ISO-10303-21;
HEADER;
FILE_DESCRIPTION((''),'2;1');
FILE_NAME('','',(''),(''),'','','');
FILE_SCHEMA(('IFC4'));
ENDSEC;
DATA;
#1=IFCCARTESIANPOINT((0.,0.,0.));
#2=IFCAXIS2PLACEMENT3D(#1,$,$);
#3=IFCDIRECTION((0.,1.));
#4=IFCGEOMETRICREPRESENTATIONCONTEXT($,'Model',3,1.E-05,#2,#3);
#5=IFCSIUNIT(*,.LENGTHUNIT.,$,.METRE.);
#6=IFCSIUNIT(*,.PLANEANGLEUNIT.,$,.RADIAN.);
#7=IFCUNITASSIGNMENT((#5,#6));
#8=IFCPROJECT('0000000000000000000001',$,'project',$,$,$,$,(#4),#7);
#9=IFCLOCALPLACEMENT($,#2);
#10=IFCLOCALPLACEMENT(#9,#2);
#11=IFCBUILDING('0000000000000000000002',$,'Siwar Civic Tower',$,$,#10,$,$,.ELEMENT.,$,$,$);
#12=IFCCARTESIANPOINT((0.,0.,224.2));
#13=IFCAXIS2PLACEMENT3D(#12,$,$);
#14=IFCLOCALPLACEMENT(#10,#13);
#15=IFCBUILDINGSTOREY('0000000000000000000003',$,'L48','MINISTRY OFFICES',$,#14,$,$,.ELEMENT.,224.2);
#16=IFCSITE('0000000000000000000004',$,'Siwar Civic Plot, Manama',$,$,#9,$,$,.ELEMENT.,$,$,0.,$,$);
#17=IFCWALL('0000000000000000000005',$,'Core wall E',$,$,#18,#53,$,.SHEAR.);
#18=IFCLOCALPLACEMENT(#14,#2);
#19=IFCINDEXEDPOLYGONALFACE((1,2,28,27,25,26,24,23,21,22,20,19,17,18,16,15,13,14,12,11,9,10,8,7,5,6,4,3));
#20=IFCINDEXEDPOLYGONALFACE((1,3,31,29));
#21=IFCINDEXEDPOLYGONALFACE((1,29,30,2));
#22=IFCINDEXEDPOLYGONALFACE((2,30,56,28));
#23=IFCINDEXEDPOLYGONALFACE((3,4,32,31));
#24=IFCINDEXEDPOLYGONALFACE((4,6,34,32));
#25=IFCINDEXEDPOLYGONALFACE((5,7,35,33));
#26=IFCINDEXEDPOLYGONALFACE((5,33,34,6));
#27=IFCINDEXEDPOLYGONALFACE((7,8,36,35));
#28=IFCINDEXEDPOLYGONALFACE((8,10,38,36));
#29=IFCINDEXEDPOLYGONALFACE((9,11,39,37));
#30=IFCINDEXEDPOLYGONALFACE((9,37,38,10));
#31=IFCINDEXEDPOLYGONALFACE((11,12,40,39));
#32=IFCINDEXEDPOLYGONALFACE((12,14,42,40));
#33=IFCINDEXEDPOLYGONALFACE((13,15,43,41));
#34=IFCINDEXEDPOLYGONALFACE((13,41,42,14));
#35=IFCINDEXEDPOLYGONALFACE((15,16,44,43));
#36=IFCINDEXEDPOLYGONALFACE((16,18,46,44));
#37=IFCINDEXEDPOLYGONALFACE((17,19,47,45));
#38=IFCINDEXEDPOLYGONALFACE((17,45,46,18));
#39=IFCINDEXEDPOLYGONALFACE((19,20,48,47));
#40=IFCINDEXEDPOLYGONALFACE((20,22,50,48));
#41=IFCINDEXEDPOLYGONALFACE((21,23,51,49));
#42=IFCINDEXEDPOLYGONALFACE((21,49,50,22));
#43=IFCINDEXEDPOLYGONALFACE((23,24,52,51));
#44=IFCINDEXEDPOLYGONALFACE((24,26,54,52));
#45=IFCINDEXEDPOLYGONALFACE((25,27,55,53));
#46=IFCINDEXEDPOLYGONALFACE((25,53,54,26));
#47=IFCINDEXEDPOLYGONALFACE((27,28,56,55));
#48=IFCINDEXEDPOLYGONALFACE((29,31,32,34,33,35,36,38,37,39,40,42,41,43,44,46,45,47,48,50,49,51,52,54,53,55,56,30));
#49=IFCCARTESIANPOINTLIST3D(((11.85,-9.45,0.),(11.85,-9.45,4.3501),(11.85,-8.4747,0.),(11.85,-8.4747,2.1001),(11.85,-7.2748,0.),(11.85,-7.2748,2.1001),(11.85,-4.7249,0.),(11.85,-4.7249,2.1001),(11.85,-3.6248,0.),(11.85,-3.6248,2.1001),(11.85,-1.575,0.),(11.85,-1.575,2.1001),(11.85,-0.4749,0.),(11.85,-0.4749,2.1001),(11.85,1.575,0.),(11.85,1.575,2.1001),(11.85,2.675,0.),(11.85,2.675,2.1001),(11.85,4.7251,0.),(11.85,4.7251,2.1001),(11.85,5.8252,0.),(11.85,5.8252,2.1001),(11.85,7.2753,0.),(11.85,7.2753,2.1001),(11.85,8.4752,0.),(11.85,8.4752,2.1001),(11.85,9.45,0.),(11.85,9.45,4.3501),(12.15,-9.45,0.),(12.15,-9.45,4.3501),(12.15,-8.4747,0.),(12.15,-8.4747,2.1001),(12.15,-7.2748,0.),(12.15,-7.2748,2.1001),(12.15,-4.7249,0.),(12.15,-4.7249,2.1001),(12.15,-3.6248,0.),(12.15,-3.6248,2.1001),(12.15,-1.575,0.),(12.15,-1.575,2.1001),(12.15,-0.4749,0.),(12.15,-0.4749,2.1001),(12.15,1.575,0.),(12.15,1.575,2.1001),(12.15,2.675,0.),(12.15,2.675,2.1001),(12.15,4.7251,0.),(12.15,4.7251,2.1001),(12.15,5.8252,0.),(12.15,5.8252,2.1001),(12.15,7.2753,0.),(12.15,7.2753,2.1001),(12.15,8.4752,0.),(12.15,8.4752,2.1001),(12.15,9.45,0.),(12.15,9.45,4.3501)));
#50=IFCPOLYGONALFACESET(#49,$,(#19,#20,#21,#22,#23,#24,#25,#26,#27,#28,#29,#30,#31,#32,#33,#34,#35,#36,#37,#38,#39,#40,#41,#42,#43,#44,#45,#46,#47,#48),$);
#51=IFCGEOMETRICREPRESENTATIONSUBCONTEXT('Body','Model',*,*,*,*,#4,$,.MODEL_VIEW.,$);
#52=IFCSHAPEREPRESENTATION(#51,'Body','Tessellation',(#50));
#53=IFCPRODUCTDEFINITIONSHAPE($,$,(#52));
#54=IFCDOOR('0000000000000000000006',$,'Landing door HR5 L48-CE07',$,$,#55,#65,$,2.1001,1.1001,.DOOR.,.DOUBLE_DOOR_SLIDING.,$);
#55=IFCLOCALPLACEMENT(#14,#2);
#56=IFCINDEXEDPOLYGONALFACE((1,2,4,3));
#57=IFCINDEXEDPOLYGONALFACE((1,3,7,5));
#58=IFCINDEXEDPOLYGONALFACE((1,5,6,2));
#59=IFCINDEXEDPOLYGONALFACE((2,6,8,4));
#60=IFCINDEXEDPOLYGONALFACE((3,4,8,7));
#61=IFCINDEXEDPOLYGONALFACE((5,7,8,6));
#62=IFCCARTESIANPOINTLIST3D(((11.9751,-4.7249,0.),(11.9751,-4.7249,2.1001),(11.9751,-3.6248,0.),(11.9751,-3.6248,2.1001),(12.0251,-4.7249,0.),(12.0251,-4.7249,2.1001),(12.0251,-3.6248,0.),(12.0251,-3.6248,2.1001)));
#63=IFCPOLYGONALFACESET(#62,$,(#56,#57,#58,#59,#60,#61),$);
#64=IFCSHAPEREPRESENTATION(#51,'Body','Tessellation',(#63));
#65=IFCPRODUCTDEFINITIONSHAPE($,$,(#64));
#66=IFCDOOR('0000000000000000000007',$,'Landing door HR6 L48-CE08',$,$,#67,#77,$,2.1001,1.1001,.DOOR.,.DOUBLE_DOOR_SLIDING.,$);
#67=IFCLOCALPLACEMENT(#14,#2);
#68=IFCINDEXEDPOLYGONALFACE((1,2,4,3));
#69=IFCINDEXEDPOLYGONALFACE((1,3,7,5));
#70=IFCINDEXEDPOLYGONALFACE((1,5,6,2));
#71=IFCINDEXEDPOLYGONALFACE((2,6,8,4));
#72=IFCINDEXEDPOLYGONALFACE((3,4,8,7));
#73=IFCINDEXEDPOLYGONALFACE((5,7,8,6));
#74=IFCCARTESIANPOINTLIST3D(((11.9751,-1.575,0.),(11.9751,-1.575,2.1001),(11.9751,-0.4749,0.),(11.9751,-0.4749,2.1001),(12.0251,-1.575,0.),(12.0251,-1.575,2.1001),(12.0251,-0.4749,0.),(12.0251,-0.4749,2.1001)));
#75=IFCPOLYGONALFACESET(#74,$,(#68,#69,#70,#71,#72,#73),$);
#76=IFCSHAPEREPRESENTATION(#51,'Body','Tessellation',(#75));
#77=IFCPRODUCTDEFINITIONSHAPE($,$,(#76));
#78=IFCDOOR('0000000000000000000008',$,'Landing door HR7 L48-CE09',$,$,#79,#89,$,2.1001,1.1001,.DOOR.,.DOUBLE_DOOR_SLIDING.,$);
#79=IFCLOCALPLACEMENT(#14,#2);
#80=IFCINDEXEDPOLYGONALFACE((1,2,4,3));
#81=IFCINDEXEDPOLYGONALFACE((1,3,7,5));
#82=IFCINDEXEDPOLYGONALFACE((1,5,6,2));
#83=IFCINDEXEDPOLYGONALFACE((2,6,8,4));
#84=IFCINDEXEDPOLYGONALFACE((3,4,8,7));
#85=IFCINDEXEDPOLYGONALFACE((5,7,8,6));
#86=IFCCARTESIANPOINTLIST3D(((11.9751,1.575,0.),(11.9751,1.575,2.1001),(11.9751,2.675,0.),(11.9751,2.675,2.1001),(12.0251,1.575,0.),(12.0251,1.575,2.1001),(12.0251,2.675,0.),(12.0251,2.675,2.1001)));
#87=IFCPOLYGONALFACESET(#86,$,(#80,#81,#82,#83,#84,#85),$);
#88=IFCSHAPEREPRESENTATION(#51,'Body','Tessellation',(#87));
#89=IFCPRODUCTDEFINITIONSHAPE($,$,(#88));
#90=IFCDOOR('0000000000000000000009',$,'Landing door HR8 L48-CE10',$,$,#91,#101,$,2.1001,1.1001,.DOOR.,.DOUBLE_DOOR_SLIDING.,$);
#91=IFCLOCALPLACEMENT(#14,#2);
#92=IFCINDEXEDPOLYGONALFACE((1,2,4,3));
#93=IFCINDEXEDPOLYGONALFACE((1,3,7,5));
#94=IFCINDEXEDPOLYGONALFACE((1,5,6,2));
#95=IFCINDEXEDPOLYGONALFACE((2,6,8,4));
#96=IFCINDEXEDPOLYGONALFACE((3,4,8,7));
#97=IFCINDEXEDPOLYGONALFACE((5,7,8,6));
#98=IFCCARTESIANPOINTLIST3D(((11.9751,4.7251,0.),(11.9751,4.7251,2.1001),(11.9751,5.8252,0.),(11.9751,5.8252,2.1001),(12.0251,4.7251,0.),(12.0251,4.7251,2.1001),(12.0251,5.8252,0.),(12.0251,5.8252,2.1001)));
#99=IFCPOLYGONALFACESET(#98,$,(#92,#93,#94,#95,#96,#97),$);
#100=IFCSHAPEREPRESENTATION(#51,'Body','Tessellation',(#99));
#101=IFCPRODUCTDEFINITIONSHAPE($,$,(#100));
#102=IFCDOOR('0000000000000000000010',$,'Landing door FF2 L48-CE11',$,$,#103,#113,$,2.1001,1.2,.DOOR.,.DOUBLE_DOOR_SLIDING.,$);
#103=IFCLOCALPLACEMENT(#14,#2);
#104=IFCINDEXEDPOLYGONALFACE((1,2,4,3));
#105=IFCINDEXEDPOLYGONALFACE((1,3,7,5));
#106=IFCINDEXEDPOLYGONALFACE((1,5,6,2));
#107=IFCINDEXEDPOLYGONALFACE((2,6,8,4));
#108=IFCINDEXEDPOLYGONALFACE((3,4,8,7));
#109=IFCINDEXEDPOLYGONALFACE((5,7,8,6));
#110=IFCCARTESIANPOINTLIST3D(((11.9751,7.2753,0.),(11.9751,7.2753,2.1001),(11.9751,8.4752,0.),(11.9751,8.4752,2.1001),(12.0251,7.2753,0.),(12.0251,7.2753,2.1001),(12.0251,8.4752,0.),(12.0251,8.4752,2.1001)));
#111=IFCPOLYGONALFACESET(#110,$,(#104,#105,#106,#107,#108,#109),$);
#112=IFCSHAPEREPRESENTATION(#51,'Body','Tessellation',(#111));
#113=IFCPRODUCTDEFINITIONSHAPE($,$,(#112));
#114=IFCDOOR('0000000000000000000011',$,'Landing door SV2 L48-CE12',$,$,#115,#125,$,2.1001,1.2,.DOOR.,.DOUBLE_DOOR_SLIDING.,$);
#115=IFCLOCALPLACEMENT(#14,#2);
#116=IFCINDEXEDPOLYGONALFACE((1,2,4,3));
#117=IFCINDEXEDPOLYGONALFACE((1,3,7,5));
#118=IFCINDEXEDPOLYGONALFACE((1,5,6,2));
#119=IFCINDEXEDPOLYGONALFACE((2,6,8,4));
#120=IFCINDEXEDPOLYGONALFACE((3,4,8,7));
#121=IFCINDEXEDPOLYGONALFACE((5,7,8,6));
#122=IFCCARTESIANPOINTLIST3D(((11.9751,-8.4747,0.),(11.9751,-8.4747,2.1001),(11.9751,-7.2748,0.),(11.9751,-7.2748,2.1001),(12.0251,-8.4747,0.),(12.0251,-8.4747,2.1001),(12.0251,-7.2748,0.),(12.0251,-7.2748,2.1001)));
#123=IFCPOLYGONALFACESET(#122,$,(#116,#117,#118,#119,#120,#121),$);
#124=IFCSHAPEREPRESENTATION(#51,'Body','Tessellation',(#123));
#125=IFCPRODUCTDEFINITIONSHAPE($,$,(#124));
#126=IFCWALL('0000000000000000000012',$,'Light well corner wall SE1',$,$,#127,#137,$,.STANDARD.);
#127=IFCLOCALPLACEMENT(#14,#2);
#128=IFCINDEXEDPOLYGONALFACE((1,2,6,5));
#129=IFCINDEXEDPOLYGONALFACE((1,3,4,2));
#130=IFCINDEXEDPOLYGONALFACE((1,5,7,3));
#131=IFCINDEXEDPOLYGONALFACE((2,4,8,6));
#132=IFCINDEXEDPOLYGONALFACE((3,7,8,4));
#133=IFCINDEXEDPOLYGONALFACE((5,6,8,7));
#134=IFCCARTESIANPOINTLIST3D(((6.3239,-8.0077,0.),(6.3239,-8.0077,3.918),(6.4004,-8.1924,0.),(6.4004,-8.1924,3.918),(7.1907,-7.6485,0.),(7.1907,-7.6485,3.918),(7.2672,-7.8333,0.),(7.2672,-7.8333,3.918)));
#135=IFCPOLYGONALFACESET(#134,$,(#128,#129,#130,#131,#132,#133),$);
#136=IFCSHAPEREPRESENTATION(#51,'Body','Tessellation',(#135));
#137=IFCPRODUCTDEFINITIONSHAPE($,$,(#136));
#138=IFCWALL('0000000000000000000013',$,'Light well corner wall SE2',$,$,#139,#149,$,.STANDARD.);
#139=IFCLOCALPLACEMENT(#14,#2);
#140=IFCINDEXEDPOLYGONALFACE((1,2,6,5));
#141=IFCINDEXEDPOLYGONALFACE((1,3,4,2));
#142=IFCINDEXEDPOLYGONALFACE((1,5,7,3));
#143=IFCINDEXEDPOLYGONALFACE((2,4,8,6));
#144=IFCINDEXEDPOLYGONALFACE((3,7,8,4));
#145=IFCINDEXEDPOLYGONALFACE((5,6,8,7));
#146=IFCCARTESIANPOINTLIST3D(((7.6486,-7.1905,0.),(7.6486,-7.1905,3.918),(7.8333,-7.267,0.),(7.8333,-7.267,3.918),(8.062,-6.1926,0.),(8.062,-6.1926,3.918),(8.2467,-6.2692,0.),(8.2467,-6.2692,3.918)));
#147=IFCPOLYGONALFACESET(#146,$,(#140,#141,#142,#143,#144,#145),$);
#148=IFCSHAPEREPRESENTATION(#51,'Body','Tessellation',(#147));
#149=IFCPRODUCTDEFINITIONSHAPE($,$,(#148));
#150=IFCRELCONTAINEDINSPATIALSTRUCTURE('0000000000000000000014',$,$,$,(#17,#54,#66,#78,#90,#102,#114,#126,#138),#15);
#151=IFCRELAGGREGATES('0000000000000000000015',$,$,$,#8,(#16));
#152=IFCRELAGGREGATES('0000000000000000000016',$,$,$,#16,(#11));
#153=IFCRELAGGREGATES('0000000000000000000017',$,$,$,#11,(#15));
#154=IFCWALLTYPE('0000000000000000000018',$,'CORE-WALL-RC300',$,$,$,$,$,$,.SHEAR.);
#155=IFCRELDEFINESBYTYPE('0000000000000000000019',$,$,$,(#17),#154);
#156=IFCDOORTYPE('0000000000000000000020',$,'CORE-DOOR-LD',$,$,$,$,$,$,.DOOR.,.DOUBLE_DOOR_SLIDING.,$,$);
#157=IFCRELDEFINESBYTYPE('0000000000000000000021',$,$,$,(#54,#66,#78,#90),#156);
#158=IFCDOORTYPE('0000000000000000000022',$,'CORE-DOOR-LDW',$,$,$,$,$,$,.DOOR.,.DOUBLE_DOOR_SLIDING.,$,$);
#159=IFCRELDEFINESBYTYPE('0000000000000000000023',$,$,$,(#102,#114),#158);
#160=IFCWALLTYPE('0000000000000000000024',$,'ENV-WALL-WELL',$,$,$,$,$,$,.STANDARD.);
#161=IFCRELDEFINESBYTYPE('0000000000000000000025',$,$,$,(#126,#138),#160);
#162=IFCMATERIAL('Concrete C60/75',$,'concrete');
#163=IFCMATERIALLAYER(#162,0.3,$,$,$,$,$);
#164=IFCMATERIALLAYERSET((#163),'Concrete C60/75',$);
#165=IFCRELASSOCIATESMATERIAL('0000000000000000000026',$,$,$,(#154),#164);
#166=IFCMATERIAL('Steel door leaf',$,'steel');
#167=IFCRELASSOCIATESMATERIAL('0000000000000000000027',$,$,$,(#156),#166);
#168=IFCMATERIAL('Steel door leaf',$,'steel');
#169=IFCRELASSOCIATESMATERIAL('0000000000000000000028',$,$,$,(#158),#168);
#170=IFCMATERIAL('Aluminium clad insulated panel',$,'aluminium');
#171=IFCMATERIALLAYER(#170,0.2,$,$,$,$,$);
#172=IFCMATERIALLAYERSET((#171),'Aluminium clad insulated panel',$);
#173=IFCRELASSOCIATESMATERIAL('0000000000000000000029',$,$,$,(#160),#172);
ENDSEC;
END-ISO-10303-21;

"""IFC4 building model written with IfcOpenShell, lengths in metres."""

from ifc_helpers import new_model, si_unit, direction, frame, frame_2d, origin, place, context, subcontext, project, spatial, rectangle, extrude, material, layer, layer_set, type_object, element, fill, save


model = new_model("IFC4")

# Units and contexts
model_context = context("Model", 3, precision=1e-05, world=origin(), true_north=direction((0.0, 1.0)))
body_context = subcontext(model_context, "Body", "Model", "MODEL_VIEW")
ifc_project = project(units=[si_unit("LENGTHUNIT", "METRE"), si_unit("PLANEANGLEUNIT", "RADIAN")], contexts=[model_context])

# Site, building, storey
site_placement = place(None, origin())
site = spatial("IfcSite", under=ifc_project, at=site_placement, Name="Siwar Civic Plot, Manama", CompositionType="ELEMENT", RefElevation=0.0)
building_placement = place(site_placement, origin())
building = spatial("IfcBuilding", under=site, at=building_placement, Name="Siwar Civic Tower", CompositionType="ELEMENT")
storey_placement = place(building_placement, frame((0.0, 0.0, 224.2)))
storey = spatial("IfcBuildingStorey", under=building, at=storey_placement, Name="L48", Description="MINISTRY OFFICES", CompositionType="ELEMENT", Elevation=224.2)

# Wall, openings, doors
ifc_material_1 = material(Name="Concrete C60/75", Category="concrete")
ifc_layer_1 = layer(ifc_material_1, 0.3)
ifc_layer_set_1 = layer_set([ifc_layer_1], Name="Concrete C60/75")
wall_type_1 = type_object("IfcWallType", Name="CORE-WALL-RC300", PredefinedType="SHEAR", material=ifc_layer_set_1)
wall_1_placement = place(storey_placement, frame((12.0, -9.45, 0.0), z_axis=(0.0, 0.0, 1.0), x_axis=(0.0, 1.0, 0.0)))
wall_1 = element("IfcWall", 1, at=wall_1_placement, inside=storey, type_object=wall_type_1, Name="Core wall E", PredefinedType="SHEAR", context=body_context, shape_type="SweptSolid", body=[
    extrude(rectangle(XDim=18.8999, YDim=0.3, at=frame_2d((9.45, 0.0))), origin(), (0.0, 0.0, 1.0), 4.3501),
])
opening_1_placement = place(wall_1_placement, frame((4.7251, 0.0, 0.0)))
opening_1 = element("IfcOpeningElement", 2, at=opening_1_placement, cuts=wall_1, PredefinedType="OPENING", context=body_context, shape_type="SweptSolid", body=[
    extrude(rectangle(XDim=1.1001, YDim=2.1001, at=frame_2d((0.55, 1.05))), frame((0.0, 0.1602, 0.0), z_axis=(0.0, -1.0, 0.0), x_axis=(1.0, 0.0, 0.0)), (0.0, 0.0, 1.0), 0.3201),
])
opening_2_placement = place(wall_1_placement, frame((7.875, 0.0, 0.0)))
opening_2 = element("IfcOpeningElement", 3, at=opening_2_placement, cuts=wall_1, PredefinedType="OPENING", context=body_context, shape_type="SweptSolid", body=[
    extrude(rectangle(XDim=1.1001, YDim=2.1001, at=frame_2d((0.55, 1.05))), frame((0.0, 0.1602, 0.0), z_axis=(0.0, -1.0, 0.0), x_axis=(1.0, 0.0, 0.0)), (0.0, 0.0, 1.0), 0.3201),
])
opening_3_placement = place(wall_1_placement, frame((11.0249, 0.0, 0.0)))
opening_3 = element("IfcOpeningElement", 4, at=opening_3_placement, cuts=wall_1, PredefinedType="OPENING", context=body_context, shape_type="SweptSolid", body=[
    extrude(rectangle(XDim=1.1001, YDim=2.1001, at=frame_2d((0.55, 1.05))), frame((0.0, 0.1602, 0.0), z_axis=(0.0, -1.0, 0.0), x_axis=(1.0, 0.0, 0.0)), (0.0, 0.0, 1.0), 0.3201),
])
opening_4_placement = place(wall_1_placement, frame((14.175, 0.0, 0.0)))
opening_4 = element("IfcOpeningElement", 5, at=opening_4_placement, cuts=wall_1, PredefinedType="OPENING", context=body_context, shape_type="SweptSolid", body=[
    extrude(rectangle(XDim=1.1001, YDim=2.1001, at=frame_2d((0.55, 1.05))), frame((0.0, 0.1602, 0.0), z_axis=(0.0, -1.0, 0.0), x_axis=(1.0, 0.0, 0.0)), (0.0, 0.0, 1.0), 0.3201),
])
opening_5_placement = place(wall_1_placement, frame((16.7251, 0.0, 0.0)))
opening_5 = element("IfcOpeningElement", 6, at=opening_5_placement, cuts=wall_1, PredefinedType="OPENING", context=body_context, shape_type="SweptSolid", body=[
    extrude(rectangle(XDim=1.2, YDim=2.1001, at=frame_2d((0.6001, 1.05))), frame((0.0, 0.1602, 0.0), z_axis=(0.0, -1.0, 0.0), x_axis=(1.0, 0.0, 0.0)), (0.0, 0.0, 1.0), 0.3201),
])
opening_6_placement = place(wall_1_placement, frame((0.9751, 0.0, 0.0)))
opening_6 = element("IfcOpeningElement", 7, at=opening_6_placement, cuts=wall_1, PredefinedType="OPENING", context=body_context, shape_type="SweptSolid", body=[
    extrude(rectangle(XDim=1.2, YDim=2.1001, at=frame_2d((0.6001, 1.05))), frame((0.0, 0.1602, 0.0), z_axis=(0.0, -1.0, 0.0), x_axis=(1.0, 0.0, 0.0)), (0.0, 0.0, 1.0), 0.3201),
])
ifc_material_2 = material(Name="Steel door leaf", Category="steel")
door_type_1 = type_object("IfcDoorType", Name="CORE-DOOR-LD", OperationType="DOUBLE_DOOR_SLIDING", PredefinedType="DOOR", material=ifc_material_2)
door_1_placement = place(opening_1_placement, origin())
door_1 = element("IfcDoor", 8, at=door_1_placement, inside=storey, type_object=door_type_1, Name="Landing door HR5 L48-CE07", OperationType="DOUBLE_DOOR_SLIDING", OverallHeight=2.1001, OverallWidth=1.1001, PredefinedType="DOOR", context=body_context, shape_type="SweptSolid", body=[
    extrude(rectangle(XDim=1.1001, YDim=2.1001, at=frame_2d((0.55, 1.05))), frame((0.0, 0.0249, 0.0), z_axis=(0.0, -1.0, 0.0), x_axis=(1.0, 0.0, 0.0)), (0.0, 0.0, 1.0), 0.05),
])
fill(opening_1, door_1)
door_2_placement = place(opening_2_placement, origin())
door_2 = element("IfcDoor", 9, at=door_2_placement, inside=storey, type_object=door_type_1, Name="Landing door HR6 L48-CE08", OperationType="DOUBLE_DOOR_SLIDING", OverallHeight=2.1001, OverallWidth=1.1001, PredefinedType="DOOR", context=body_context, shape_type="SweptSolid", body=[
    extrude(rectangle(XDim=1.1001, YDim=2.1001, at=frame_2d((0.55, 1.05))), frame((0.0, 0.0249, 0.0), z_axis=(0.0, -1.0, 0.0), x_axis=(1.0, 0.0, 0.0)), (0.0, 0.0, 1.0), 0.05),
])
fill(opening_2, door_2)
door_3_placement = place(opening_3_placement, origin())
door_3 = element("IfcDoor", 10, at=door_3_placement, inside=storey, type_object=door_type_1, Name="Landing door HR7 L48-CE09", OperationType="DOUBLE_DOOR_SLIDING", OverallHeight=2.1001, OverallWidth=1.1001, PredefinedType="DOOR", context=body_context, shape_type="SweptSolid", body=[
    extrude(rectangle(XDim=1.1001, YDim=2.1001, at=frame_2d((0.55, 1.05))), frame((0.0, 0.0249, 0.0), z_axis=(0.0, -1.0, 0.0), x_axis=(1.0, 0.0, 0.0)), (0.0, 0.0, 1.0), 0.05),
])
fill(opening_3, door_3)
door_4_placement = place(opening_4_placement, origin())
door_4 = element("IfcDoor", 11, at=door_4_placement, inside=storey, type_object=door_type_1, Name="Landing door HR8 L48-CE10", OperationType="DOUBLE_DOOR_SLIDING", OverallHeight=2.1001, OverallWidth=1.1001, PredefinedType="DOOR", context=body_context, shape_type="SweptSolid", body=[
    extrude(rectangle(XDim=1.1001, YDim=2.1001, at=frame_2d((0.55, 1.05))), frame((0.0, 0.0249, 0.0), z_axis=(0.0, -1.0, 0.0), x_axis=(1.0, 0.0, 0.0)), (0.0, 0.0, 1.0), 0.05),
])
fill(opening_4, door_4)
ifc_material_3 = material(Name="Steel door leaf", Category="steel")
door_type_2 = type_object("IfcDoorType", Name="CORE-DOOR-LDW", OperationType="DOUBLE_DOOR_SLIDING", PredefinedType="DOOR", material=ifc_material_3)
door_5_placement = place(opening_5_placement, origin())
door_5 = element("IfcDoor", 12, at=door_5_placement, inside=storey, type_object=door_type_2, Name="Landing door FF2 L48-CE11", OperationType="DOUBLE_DOOR_SLIDING", OverallHeight=2.1001, OverallWidth=1.2, PredefinedType="DOOR", context=body_context, shape_type="SweptSolid", body=[
    extrude(rectangle(XDim=1.2, YDim=2.1001, at=frame_2d((0.6001, 1.05))), frame((0.0, 0.0249, 0.0), z_axis=(0.0, -1.0, 0.0), x_axis=(1.0, 0.0, 0.0)), (0.0, 0.0, 1.0), 0.05),
])
fill(opening_5, door_5)
door_6_placement = place(opening_6_placement, origin())
door_6 = element("IfcDoor", 13, at=door_6_placement, inside=storey, type_object=door_type_2, Name="Landing door SV2 L48-CE12", OperationType="DOUBLE_DOOR_SLIDING", OverallHeight=2.1001, OverallWidth=1.2, PredefinedType="DOOR", context=body_context, shape_type="SweptSolid", body=[
    extrude(rectangle(XDim=1.2, YDim=2.1001, at=frame_2d((0.6001, 1.05))), frame((0.0, 0.0249, 0.0), z_axis=(0.0, -1.0, 0.0), x_axis=(1.0, 0.0, 0.0)), (0.0, 0.0, 1.0), 0.05),
])
fill(opening_6, door_6)

# Walls
ifc_material_4 = material(Name="Aluminium clad insulated panel", Category="aluminium")
ifc_layer_2 = layer(ifc_material_4, 0.2)
ifc_layer_set_2 = layer_set([ifc_layer_2], Name="Aluminium clad insulated panel")
wall_type_2 = type_object("IfcWallType", Name="ENV-WALL-WELL", PredefinedType="STANDARD", material=ifc_layer_set_2)
wall_2_placement = place(storey_placement, frame((6.3621, -8.1001, 0.0), z_axis=(0.0, 0.0, 1.0), x_axis=(0.92383, 0.382804, 0.0)))
element("IfcWall", 14, at=wall_2_placement, inside=storey, type_object=wall_type_2, Name="Light well corner wall SE1", PredefinedType="STANDARD", context=body_context, shape_type="SweptSolid", body=[
    extrude(rectangle(XDim=0.9382, YDim=0.2, at=frame_2d((0.4692, 0.0))), origin(), (0.0, 0.0, 1.0), 3.918),
])
wall_3_placement = place(storey_placement, frame((7.741, -7.2288, 0.0), z_axis=(0.0, 0.0, 1.0), x_axis=(0.382704, 0.923871, 0.0)))
element("IfcWall", 15, at=wall_3_placement, inside=storey, type_object=wall_type_2, Name="Light well corner wall SE2", PredefinedType="STANDARD", context=body_context, shape_type="SweptSolid", body=[
    extrude(rectangle(XDim=1.0801, YDim=0.2, at=frame_2d((0.54, 0.0))), origin(), (0.0, 0.0, 1.0), 3.918),
])

save(model, "model.ifc")
